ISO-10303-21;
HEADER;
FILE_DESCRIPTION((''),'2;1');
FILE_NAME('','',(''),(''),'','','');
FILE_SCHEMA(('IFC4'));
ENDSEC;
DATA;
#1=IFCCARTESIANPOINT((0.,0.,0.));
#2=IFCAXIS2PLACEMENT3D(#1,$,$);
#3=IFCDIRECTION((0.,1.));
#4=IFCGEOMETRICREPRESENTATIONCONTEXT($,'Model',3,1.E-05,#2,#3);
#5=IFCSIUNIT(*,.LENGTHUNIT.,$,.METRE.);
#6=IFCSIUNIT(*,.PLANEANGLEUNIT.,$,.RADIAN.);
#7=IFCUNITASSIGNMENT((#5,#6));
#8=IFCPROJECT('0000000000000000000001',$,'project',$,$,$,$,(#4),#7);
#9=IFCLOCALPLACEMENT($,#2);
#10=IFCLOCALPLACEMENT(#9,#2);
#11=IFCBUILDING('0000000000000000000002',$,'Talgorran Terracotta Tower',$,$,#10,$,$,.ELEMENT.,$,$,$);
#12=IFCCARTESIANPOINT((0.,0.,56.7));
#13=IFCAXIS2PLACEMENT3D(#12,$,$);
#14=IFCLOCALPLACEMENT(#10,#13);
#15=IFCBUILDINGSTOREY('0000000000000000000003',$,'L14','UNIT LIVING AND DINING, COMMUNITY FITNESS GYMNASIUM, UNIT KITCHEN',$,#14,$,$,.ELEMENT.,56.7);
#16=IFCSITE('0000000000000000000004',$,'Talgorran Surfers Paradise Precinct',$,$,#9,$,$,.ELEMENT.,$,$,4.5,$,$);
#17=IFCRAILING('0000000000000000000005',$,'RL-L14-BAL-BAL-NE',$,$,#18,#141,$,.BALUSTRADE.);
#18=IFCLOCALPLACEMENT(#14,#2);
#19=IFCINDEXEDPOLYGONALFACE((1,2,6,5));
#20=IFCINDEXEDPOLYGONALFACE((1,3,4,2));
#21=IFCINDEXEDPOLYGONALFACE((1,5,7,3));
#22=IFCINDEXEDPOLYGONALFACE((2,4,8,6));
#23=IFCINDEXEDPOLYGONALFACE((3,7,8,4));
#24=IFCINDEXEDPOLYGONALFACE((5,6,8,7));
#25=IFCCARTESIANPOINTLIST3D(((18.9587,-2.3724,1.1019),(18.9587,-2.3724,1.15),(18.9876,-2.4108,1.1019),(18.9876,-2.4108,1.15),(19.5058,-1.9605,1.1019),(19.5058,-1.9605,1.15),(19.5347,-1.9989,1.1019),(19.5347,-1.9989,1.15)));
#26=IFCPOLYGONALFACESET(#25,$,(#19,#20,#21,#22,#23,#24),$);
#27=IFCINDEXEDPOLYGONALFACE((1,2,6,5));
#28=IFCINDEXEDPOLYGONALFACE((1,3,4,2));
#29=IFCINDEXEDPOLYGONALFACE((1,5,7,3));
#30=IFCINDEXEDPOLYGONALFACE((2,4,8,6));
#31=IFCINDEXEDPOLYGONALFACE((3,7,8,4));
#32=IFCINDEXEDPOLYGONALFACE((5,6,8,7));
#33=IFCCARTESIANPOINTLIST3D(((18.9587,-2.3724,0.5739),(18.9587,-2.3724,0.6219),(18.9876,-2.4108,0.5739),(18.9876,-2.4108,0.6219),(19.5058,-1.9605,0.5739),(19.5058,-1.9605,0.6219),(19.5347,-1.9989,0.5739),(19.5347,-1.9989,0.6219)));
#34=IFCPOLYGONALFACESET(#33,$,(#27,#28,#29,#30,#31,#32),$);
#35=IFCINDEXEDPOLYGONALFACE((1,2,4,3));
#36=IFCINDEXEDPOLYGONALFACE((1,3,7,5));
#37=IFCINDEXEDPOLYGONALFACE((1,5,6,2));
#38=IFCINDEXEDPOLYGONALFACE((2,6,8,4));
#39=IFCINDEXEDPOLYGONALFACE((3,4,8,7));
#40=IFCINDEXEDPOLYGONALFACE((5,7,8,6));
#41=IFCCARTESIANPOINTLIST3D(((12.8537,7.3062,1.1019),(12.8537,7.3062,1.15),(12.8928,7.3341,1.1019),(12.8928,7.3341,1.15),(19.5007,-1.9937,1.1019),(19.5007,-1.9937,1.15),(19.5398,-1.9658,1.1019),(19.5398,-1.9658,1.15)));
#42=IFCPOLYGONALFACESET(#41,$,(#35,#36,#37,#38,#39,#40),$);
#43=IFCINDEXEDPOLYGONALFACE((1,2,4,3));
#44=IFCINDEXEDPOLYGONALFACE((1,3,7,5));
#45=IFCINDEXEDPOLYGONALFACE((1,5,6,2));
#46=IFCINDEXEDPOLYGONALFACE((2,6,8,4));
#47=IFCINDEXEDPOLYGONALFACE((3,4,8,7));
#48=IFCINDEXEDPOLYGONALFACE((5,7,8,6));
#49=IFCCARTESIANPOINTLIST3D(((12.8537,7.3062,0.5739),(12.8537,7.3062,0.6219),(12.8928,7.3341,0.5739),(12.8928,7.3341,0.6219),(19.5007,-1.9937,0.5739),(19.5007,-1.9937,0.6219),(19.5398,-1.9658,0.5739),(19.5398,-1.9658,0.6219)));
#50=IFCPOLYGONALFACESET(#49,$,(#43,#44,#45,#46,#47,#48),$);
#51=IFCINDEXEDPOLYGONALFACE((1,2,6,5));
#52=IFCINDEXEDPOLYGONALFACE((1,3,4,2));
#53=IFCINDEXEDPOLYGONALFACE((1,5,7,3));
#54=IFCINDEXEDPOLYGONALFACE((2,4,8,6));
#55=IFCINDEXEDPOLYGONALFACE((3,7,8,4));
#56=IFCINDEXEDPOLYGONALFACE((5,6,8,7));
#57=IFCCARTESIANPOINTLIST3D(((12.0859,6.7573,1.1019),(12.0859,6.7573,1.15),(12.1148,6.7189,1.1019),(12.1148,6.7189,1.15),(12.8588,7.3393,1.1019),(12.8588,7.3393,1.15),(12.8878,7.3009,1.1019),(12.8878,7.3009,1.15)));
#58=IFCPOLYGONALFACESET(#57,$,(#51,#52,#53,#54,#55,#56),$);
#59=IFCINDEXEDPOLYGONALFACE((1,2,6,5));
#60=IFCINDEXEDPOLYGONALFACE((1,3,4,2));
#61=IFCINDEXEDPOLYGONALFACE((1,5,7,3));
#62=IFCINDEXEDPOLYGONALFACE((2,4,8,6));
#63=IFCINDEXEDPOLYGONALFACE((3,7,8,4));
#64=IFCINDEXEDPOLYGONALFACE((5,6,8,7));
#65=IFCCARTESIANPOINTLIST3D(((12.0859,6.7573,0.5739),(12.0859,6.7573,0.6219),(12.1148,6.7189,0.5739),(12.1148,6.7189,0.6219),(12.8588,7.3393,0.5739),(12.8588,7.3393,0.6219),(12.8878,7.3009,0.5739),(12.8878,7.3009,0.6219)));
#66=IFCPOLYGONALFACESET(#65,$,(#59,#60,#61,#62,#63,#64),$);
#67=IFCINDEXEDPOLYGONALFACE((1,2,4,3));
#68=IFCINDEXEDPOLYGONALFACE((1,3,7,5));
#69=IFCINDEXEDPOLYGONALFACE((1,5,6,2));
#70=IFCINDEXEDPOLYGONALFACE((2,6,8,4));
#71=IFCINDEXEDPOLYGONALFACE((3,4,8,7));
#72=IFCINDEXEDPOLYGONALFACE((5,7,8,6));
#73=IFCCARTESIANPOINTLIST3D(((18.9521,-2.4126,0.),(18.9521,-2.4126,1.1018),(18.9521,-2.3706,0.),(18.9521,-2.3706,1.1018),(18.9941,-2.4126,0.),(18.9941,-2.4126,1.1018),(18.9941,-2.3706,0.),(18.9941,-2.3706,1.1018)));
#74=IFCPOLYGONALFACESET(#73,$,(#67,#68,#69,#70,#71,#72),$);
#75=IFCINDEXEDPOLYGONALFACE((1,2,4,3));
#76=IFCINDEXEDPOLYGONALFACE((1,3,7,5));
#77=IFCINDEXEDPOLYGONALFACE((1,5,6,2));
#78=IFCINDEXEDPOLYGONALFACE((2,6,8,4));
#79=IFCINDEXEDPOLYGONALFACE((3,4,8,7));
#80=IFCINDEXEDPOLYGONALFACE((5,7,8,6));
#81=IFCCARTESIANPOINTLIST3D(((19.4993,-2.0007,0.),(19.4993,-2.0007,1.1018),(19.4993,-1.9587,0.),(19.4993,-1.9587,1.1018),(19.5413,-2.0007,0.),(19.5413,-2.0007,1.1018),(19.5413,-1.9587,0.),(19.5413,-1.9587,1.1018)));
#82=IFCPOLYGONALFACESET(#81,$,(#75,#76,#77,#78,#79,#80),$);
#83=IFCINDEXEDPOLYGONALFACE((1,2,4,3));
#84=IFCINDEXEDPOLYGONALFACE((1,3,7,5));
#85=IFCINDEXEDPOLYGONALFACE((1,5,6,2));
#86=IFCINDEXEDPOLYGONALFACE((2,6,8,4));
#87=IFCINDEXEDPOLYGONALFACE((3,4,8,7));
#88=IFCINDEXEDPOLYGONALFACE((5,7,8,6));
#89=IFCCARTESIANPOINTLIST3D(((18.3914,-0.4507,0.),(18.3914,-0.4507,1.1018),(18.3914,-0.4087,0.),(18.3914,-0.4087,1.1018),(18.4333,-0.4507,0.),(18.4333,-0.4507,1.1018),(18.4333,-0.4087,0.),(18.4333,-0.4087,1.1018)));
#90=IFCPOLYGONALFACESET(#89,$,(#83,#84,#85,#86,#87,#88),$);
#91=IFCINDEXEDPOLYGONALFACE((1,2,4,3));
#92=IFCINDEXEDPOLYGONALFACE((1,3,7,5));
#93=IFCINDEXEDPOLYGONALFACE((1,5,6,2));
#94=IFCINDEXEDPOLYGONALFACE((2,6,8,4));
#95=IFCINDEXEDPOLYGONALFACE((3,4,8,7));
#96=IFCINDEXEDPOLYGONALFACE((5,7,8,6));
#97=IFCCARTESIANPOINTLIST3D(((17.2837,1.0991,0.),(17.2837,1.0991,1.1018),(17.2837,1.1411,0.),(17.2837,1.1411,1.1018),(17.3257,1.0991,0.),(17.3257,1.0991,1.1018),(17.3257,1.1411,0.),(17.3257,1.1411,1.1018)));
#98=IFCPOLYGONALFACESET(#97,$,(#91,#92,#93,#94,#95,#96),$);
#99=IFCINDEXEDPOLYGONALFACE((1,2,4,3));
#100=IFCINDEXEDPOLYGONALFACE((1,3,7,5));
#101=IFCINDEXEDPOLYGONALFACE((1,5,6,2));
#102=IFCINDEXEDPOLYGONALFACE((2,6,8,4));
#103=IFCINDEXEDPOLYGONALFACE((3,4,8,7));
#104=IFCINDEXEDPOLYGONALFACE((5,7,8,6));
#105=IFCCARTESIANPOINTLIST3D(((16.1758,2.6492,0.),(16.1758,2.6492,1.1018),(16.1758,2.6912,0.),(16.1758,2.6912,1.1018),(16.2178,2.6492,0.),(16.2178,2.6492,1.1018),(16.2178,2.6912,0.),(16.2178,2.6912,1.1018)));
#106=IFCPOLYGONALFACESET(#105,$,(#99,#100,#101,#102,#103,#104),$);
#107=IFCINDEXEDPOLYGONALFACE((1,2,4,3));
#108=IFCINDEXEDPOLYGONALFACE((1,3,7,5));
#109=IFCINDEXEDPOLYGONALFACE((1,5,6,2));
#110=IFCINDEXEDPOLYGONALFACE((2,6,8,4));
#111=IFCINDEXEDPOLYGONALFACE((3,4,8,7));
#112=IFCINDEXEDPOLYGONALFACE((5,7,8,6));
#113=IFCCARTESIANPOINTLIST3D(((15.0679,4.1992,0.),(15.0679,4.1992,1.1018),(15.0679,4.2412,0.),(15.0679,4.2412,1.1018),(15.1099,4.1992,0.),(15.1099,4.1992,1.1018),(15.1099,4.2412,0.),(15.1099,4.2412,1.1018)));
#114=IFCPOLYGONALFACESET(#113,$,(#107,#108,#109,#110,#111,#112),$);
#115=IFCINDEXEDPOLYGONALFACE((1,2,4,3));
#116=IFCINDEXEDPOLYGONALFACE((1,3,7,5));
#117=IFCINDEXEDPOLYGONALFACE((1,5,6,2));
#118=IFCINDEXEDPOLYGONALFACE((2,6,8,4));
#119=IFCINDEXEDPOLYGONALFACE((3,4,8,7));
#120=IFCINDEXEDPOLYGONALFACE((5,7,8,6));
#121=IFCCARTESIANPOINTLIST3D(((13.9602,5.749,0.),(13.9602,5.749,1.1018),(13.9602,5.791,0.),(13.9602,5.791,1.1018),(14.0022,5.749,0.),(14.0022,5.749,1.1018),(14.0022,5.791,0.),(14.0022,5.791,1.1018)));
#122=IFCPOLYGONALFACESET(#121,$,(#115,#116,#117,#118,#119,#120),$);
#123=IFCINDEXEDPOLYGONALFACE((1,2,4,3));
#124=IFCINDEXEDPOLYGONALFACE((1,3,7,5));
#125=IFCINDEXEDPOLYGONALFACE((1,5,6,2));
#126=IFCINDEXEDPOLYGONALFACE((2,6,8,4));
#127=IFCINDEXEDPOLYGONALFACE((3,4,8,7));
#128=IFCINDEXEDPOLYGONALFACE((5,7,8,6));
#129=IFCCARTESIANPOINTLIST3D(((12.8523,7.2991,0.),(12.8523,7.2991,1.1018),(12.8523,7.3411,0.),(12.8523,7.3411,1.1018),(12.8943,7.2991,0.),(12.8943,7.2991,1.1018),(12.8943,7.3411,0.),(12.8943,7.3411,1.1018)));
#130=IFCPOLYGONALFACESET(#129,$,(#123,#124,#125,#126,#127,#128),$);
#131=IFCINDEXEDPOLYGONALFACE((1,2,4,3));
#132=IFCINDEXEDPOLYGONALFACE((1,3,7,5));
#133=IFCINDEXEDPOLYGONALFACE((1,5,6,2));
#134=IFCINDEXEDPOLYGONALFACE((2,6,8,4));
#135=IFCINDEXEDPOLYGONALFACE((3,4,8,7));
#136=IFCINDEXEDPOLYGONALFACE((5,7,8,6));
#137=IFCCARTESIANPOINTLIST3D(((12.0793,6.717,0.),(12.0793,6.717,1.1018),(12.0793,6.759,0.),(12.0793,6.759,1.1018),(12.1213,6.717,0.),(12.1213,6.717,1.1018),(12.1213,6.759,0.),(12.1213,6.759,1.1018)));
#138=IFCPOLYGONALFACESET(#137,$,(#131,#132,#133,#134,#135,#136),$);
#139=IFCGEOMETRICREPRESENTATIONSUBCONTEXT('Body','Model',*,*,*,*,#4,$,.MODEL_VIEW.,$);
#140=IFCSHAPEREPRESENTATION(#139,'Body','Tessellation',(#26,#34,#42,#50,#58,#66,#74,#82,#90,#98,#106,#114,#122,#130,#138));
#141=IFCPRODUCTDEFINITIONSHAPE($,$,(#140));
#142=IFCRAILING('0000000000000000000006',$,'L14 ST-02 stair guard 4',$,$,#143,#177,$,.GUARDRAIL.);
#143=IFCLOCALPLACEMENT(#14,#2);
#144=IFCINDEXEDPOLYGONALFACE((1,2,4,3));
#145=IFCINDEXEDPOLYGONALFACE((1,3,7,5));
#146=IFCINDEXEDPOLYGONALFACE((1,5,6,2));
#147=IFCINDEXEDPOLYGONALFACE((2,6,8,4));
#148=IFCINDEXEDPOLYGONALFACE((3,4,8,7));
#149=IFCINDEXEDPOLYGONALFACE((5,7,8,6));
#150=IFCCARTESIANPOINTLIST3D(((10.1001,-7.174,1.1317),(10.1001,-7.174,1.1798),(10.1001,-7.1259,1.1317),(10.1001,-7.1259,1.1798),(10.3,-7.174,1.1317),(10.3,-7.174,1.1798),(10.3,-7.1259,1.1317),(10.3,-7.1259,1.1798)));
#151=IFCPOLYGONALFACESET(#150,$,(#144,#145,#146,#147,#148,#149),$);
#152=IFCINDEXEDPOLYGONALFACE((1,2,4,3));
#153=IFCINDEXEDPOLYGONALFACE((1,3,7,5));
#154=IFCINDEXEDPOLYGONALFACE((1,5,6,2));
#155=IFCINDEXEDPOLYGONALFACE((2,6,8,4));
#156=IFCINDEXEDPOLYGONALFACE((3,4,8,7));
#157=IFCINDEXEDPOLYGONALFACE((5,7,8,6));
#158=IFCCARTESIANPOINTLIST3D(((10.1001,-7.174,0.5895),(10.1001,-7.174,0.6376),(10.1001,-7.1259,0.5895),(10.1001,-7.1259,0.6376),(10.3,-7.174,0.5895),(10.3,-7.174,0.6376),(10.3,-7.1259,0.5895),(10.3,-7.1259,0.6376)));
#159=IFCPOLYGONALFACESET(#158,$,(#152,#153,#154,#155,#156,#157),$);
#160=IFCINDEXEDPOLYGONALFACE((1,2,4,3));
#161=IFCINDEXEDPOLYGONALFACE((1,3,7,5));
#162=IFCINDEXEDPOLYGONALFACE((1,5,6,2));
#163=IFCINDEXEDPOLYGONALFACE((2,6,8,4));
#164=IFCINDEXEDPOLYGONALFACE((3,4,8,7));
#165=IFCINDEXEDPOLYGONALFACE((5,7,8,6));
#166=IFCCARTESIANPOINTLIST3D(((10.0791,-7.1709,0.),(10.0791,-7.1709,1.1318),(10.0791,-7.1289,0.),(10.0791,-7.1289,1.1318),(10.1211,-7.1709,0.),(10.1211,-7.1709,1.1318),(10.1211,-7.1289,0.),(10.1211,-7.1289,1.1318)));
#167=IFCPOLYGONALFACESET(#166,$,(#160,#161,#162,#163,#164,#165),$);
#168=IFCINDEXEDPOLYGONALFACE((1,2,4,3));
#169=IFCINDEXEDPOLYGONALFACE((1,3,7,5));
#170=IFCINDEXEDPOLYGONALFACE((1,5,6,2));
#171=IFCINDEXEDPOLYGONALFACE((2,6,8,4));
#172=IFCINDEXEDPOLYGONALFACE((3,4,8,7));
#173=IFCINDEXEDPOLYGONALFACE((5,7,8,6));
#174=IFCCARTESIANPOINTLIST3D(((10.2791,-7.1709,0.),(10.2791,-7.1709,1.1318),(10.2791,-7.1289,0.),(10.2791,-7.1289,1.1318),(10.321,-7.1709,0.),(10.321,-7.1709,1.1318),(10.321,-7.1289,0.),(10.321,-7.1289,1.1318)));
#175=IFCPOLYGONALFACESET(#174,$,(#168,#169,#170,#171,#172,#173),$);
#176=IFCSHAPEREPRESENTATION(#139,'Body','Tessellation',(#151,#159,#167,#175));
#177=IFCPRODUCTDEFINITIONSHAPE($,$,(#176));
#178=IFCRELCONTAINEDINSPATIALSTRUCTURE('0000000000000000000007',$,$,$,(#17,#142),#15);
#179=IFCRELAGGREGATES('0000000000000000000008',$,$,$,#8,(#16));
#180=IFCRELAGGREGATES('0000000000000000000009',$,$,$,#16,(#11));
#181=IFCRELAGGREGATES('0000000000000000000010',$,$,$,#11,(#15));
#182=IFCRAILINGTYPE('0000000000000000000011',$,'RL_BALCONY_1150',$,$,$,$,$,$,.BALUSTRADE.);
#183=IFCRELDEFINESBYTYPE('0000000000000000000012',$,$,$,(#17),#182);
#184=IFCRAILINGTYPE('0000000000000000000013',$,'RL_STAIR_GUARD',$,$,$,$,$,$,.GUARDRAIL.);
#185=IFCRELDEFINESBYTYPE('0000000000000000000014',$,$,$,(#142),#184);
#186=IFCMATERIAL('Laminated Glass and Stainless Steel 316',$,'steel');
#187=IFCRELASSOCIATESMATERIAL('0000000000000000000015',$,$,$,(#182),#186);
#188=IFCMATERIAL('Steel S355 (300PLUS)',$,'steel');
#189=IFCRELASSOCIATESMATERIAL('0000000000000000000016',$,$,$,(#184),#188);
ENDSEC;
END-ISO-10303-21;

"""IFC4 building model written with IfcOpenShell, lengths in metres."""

from ifc_helpers import new_model, si_unit, direction, frame, origin, origin_2d, place, context, subcontext, project, spatial, rectangle, extrude, material, type_object, element, save


model = new_model("IFC4")

# Units and contexts
model_context = context("Model", 3, precision=1e-05, world=origin(), true_north=direction((0.0, 1.0)))
body_context = subcontext(model_context, "Body", "Model", "MODEL_VIEW")
ifc_project = project(units=[si_unit("LENGTHUNIT", "METRE"), si_unit("PLANEANGLEUNIT", "RADIAN")], contexts=[model_context])

# Site, building, storey
site_placement = place(None, origin())
site = spatial("IfcSite", under=ifc_project, at=site_placement, Name="Talgorran Surfers Paradise Precinct", CompositionType="ELEMENT", RefElevation=4.5)
building_placement = place(site_placement, origin())
building = spatial("IfcBuilding", under=site, at=building_placement, Name="Talgorran Terracotta Tower", CompositionType="ELEMENT")
storey_placement = place(building_placement, frame((0.0, 0.0, 56.7)))
storey = spatial("IfcBuildingStorey", under=building, at=storey_placement, Name="L14", Description="UNIT LIVING AND DINING, COMMUNITY FITNESS GYMNASIUM, UNIT KITCHEN", CompositionType="ELEMENT", Elevation=56.7)

# Shared definitions
ifc_material_1 = material(Name="Steel S355 (300PLUS)", Category="steel")

# Railings
ifc_material_2 = material(Name="Laminated Glass and Stainless Steel 316", Category="steel")
railing_type_1 = type_object("IfcRailingType", Name="RL_BALCONY_1150", PredefinedType="BALUSTRADE", material=ifc_material_2)
railing_1_placement = place(storey_placement, frame((18.9731, -2.3916, 0.0)))
element("IfcRailing", 1, at=railing_1_placement, inside=storey, type_object=railing_type_1, Name="RL-L14-BAL-BAL-NE", PredefinedType="BALUSTRADE", context=body_context, shape_type="SweptSolid", body=[
    extrude(rectangle(XDim=0.0481, YDim=0.0481, at=origin_2d()), frame((0.0, 0.0, 1.126), z_axis=(0.798929, 0.601425, 0.0), x_axis=(-0.601425, 0.798929, 0.0)), (0.0, 0.0, 1.0), 0.6848),
    extrude(rectangle(XDim=0.0481, YDim=0.0481, at=origin_2d()), frame((0.0, 0.0, 0.5979), z_axis=(0.798929, 0.601425, 0.0), x_axis=(-0.601425, 0.798929, 0.0)), (0.0, 0.0, 1.0), 0.6848),
    extrude(rectangle(XDim=0.0481, YDim=0.0481, at=origin_2d()), frame((0.5471, 0.4119, 1.126), z_axis=(-0.581485, 0.813557, 0.0), x_axis=(-0.813557, -0.581485, 0.0)), (0.0, 0.0, 1.0), 11.4312),
    extrude(rectangle(XDim=0.0481, YDim=0.0481, at=origin_2d()), frame((0.5471, 0.4119, 0.5979), z_axis=(-0.581485, 0.813557, 0.0), x_axis=(-0.813557, -0.581485, 0.0)), (0.0, 0.0, 1.0), 11.4312),
    extrude(rectangle(XDim=0.0481, YDim=0.0481, at=origin_2d()), frame((-6.0999, 9.7117, 1.126), z_axis=(-0.798848, -0.601533, 0.0), x_axis=(0.601533, -0.798848, 0.0)), (0.0, 0.0, 1.0), 0.9675),
    extrude(rectangle(XDim=0.0481, YDim=0.0481, at=origin_2d()), frame((-6.0999, 9.7117, 0.5979), z_axis=(-0.798848, -0.601533, 0.0), x_axis=(0.601533, -0.798848, 0.0)), (0.0, 0.0, 1.0), 0.9675),
    extrude(rectangle(XDim=0.042, YDim=0.042, at=origin_2d()), origin(), (0.0, 0.0, 1.0), 1.1018),
    extrude(rectangle(XDim=0.042, YDim=0.042, at=origin_2d()), frame((0.5471, 0.4119, 0.0)), (0.0, 0.0, 1.0), 1.1018),
    extrude(rectangle(XDim=0.042, YDim=0.042, at=origin_2d()), frame((-0.5608, 1.9619, 0.0)), (0.0, 0.0, 1.0), 1.1018),
    extrude(rectangle(XDim=0.042, YDim=0.042, at=origin_2d()), frame((-1.6685, 3.5117, 0.0)), (0.0, 0.0, 1.0), 1.1018),
    extrude(rectangle(XDim=0.042, YDim=0.042, at=origin_2d()), frame((-2.7764, 5.0618, 0.0)), (0.0, 0.0, 1.0), 1.1018),
    extrude(rectangle(XDim=0.042, YDim=0.042, at=origin_2d()), frame((-3.8843, 6.6118, 0.0)), (0.0, 0.0, 1.0), 1.1018),
    extrude(rectangle(XDim=0.042, YDim=0.042, at=origin_2d()), frame((-4.9919, 8.1616, 0.0)), (0.0, 0.0, 1.0), 1.1018),
    extrude(rectangle(XDim=0.042, YDim=0.042, at=origin_2d()), frame((-6.0999, 9.7117, 0.0)), (0.0, 0.0, 1.0), 1.1018),
    extrude(rectangle(XDim=0.042, YDim=0.042, at=origin_2d()), frame((-6.8728, 9.1296, 0.0)), (0.0, 0.0, 1.0), 1.1018),
])
railing_type_2 = type_object("IfcRailingType", Name="RL_STAIR_GUARD", PredefinedType="GUARDRAIL", material=ifc_material_1)
railing_2_placement = place(storey_placement, frame((10.1001, -7.1499, 0.0)))
element("IfcRailing", 2, at=railing_2_placement, inside=storey, type_object=railing_type_2, Name="L14 ST-02 stair guard 4", PredefinedType="GUARDRAIL", context=body_context, shape_type="SweptSolid", body=[
    extrude(rectangle(XDim=0.0481, YDim=0.0481, at=origin_2d()), frame((0.0, 0.0, 1.1558), z_axis=(1.0, 0.0, 0.0), x_axis=(0.0, 1.0, 0.0)), (0.0, 0.0, 1.0), 0.2),
    extrude(rectangle(XDim=0.0481, YDim=0.0481, at=origin_2d()), frame((0.0, 0.0, 0.6135), z_axis=(1.0, 0.0, 0.0), x_axis=(0.0, 1.0, 0.0)), (0.0, 0.0, 1.0), 0.2),
    extrude(rectangle(XDim=0.042, YDim=0.042, at=origin_2d()), origin(), (0.0, 0.0, 1.0), 1.1318),
    extrude(rectangle(XDim=0.042, YDim=0.042, at=origin_2d()), frame((0.2, 0.0, 0.0)), (0.0, 0.0, 1.0), 1.1318),
])

save(model, "model.ifc")
